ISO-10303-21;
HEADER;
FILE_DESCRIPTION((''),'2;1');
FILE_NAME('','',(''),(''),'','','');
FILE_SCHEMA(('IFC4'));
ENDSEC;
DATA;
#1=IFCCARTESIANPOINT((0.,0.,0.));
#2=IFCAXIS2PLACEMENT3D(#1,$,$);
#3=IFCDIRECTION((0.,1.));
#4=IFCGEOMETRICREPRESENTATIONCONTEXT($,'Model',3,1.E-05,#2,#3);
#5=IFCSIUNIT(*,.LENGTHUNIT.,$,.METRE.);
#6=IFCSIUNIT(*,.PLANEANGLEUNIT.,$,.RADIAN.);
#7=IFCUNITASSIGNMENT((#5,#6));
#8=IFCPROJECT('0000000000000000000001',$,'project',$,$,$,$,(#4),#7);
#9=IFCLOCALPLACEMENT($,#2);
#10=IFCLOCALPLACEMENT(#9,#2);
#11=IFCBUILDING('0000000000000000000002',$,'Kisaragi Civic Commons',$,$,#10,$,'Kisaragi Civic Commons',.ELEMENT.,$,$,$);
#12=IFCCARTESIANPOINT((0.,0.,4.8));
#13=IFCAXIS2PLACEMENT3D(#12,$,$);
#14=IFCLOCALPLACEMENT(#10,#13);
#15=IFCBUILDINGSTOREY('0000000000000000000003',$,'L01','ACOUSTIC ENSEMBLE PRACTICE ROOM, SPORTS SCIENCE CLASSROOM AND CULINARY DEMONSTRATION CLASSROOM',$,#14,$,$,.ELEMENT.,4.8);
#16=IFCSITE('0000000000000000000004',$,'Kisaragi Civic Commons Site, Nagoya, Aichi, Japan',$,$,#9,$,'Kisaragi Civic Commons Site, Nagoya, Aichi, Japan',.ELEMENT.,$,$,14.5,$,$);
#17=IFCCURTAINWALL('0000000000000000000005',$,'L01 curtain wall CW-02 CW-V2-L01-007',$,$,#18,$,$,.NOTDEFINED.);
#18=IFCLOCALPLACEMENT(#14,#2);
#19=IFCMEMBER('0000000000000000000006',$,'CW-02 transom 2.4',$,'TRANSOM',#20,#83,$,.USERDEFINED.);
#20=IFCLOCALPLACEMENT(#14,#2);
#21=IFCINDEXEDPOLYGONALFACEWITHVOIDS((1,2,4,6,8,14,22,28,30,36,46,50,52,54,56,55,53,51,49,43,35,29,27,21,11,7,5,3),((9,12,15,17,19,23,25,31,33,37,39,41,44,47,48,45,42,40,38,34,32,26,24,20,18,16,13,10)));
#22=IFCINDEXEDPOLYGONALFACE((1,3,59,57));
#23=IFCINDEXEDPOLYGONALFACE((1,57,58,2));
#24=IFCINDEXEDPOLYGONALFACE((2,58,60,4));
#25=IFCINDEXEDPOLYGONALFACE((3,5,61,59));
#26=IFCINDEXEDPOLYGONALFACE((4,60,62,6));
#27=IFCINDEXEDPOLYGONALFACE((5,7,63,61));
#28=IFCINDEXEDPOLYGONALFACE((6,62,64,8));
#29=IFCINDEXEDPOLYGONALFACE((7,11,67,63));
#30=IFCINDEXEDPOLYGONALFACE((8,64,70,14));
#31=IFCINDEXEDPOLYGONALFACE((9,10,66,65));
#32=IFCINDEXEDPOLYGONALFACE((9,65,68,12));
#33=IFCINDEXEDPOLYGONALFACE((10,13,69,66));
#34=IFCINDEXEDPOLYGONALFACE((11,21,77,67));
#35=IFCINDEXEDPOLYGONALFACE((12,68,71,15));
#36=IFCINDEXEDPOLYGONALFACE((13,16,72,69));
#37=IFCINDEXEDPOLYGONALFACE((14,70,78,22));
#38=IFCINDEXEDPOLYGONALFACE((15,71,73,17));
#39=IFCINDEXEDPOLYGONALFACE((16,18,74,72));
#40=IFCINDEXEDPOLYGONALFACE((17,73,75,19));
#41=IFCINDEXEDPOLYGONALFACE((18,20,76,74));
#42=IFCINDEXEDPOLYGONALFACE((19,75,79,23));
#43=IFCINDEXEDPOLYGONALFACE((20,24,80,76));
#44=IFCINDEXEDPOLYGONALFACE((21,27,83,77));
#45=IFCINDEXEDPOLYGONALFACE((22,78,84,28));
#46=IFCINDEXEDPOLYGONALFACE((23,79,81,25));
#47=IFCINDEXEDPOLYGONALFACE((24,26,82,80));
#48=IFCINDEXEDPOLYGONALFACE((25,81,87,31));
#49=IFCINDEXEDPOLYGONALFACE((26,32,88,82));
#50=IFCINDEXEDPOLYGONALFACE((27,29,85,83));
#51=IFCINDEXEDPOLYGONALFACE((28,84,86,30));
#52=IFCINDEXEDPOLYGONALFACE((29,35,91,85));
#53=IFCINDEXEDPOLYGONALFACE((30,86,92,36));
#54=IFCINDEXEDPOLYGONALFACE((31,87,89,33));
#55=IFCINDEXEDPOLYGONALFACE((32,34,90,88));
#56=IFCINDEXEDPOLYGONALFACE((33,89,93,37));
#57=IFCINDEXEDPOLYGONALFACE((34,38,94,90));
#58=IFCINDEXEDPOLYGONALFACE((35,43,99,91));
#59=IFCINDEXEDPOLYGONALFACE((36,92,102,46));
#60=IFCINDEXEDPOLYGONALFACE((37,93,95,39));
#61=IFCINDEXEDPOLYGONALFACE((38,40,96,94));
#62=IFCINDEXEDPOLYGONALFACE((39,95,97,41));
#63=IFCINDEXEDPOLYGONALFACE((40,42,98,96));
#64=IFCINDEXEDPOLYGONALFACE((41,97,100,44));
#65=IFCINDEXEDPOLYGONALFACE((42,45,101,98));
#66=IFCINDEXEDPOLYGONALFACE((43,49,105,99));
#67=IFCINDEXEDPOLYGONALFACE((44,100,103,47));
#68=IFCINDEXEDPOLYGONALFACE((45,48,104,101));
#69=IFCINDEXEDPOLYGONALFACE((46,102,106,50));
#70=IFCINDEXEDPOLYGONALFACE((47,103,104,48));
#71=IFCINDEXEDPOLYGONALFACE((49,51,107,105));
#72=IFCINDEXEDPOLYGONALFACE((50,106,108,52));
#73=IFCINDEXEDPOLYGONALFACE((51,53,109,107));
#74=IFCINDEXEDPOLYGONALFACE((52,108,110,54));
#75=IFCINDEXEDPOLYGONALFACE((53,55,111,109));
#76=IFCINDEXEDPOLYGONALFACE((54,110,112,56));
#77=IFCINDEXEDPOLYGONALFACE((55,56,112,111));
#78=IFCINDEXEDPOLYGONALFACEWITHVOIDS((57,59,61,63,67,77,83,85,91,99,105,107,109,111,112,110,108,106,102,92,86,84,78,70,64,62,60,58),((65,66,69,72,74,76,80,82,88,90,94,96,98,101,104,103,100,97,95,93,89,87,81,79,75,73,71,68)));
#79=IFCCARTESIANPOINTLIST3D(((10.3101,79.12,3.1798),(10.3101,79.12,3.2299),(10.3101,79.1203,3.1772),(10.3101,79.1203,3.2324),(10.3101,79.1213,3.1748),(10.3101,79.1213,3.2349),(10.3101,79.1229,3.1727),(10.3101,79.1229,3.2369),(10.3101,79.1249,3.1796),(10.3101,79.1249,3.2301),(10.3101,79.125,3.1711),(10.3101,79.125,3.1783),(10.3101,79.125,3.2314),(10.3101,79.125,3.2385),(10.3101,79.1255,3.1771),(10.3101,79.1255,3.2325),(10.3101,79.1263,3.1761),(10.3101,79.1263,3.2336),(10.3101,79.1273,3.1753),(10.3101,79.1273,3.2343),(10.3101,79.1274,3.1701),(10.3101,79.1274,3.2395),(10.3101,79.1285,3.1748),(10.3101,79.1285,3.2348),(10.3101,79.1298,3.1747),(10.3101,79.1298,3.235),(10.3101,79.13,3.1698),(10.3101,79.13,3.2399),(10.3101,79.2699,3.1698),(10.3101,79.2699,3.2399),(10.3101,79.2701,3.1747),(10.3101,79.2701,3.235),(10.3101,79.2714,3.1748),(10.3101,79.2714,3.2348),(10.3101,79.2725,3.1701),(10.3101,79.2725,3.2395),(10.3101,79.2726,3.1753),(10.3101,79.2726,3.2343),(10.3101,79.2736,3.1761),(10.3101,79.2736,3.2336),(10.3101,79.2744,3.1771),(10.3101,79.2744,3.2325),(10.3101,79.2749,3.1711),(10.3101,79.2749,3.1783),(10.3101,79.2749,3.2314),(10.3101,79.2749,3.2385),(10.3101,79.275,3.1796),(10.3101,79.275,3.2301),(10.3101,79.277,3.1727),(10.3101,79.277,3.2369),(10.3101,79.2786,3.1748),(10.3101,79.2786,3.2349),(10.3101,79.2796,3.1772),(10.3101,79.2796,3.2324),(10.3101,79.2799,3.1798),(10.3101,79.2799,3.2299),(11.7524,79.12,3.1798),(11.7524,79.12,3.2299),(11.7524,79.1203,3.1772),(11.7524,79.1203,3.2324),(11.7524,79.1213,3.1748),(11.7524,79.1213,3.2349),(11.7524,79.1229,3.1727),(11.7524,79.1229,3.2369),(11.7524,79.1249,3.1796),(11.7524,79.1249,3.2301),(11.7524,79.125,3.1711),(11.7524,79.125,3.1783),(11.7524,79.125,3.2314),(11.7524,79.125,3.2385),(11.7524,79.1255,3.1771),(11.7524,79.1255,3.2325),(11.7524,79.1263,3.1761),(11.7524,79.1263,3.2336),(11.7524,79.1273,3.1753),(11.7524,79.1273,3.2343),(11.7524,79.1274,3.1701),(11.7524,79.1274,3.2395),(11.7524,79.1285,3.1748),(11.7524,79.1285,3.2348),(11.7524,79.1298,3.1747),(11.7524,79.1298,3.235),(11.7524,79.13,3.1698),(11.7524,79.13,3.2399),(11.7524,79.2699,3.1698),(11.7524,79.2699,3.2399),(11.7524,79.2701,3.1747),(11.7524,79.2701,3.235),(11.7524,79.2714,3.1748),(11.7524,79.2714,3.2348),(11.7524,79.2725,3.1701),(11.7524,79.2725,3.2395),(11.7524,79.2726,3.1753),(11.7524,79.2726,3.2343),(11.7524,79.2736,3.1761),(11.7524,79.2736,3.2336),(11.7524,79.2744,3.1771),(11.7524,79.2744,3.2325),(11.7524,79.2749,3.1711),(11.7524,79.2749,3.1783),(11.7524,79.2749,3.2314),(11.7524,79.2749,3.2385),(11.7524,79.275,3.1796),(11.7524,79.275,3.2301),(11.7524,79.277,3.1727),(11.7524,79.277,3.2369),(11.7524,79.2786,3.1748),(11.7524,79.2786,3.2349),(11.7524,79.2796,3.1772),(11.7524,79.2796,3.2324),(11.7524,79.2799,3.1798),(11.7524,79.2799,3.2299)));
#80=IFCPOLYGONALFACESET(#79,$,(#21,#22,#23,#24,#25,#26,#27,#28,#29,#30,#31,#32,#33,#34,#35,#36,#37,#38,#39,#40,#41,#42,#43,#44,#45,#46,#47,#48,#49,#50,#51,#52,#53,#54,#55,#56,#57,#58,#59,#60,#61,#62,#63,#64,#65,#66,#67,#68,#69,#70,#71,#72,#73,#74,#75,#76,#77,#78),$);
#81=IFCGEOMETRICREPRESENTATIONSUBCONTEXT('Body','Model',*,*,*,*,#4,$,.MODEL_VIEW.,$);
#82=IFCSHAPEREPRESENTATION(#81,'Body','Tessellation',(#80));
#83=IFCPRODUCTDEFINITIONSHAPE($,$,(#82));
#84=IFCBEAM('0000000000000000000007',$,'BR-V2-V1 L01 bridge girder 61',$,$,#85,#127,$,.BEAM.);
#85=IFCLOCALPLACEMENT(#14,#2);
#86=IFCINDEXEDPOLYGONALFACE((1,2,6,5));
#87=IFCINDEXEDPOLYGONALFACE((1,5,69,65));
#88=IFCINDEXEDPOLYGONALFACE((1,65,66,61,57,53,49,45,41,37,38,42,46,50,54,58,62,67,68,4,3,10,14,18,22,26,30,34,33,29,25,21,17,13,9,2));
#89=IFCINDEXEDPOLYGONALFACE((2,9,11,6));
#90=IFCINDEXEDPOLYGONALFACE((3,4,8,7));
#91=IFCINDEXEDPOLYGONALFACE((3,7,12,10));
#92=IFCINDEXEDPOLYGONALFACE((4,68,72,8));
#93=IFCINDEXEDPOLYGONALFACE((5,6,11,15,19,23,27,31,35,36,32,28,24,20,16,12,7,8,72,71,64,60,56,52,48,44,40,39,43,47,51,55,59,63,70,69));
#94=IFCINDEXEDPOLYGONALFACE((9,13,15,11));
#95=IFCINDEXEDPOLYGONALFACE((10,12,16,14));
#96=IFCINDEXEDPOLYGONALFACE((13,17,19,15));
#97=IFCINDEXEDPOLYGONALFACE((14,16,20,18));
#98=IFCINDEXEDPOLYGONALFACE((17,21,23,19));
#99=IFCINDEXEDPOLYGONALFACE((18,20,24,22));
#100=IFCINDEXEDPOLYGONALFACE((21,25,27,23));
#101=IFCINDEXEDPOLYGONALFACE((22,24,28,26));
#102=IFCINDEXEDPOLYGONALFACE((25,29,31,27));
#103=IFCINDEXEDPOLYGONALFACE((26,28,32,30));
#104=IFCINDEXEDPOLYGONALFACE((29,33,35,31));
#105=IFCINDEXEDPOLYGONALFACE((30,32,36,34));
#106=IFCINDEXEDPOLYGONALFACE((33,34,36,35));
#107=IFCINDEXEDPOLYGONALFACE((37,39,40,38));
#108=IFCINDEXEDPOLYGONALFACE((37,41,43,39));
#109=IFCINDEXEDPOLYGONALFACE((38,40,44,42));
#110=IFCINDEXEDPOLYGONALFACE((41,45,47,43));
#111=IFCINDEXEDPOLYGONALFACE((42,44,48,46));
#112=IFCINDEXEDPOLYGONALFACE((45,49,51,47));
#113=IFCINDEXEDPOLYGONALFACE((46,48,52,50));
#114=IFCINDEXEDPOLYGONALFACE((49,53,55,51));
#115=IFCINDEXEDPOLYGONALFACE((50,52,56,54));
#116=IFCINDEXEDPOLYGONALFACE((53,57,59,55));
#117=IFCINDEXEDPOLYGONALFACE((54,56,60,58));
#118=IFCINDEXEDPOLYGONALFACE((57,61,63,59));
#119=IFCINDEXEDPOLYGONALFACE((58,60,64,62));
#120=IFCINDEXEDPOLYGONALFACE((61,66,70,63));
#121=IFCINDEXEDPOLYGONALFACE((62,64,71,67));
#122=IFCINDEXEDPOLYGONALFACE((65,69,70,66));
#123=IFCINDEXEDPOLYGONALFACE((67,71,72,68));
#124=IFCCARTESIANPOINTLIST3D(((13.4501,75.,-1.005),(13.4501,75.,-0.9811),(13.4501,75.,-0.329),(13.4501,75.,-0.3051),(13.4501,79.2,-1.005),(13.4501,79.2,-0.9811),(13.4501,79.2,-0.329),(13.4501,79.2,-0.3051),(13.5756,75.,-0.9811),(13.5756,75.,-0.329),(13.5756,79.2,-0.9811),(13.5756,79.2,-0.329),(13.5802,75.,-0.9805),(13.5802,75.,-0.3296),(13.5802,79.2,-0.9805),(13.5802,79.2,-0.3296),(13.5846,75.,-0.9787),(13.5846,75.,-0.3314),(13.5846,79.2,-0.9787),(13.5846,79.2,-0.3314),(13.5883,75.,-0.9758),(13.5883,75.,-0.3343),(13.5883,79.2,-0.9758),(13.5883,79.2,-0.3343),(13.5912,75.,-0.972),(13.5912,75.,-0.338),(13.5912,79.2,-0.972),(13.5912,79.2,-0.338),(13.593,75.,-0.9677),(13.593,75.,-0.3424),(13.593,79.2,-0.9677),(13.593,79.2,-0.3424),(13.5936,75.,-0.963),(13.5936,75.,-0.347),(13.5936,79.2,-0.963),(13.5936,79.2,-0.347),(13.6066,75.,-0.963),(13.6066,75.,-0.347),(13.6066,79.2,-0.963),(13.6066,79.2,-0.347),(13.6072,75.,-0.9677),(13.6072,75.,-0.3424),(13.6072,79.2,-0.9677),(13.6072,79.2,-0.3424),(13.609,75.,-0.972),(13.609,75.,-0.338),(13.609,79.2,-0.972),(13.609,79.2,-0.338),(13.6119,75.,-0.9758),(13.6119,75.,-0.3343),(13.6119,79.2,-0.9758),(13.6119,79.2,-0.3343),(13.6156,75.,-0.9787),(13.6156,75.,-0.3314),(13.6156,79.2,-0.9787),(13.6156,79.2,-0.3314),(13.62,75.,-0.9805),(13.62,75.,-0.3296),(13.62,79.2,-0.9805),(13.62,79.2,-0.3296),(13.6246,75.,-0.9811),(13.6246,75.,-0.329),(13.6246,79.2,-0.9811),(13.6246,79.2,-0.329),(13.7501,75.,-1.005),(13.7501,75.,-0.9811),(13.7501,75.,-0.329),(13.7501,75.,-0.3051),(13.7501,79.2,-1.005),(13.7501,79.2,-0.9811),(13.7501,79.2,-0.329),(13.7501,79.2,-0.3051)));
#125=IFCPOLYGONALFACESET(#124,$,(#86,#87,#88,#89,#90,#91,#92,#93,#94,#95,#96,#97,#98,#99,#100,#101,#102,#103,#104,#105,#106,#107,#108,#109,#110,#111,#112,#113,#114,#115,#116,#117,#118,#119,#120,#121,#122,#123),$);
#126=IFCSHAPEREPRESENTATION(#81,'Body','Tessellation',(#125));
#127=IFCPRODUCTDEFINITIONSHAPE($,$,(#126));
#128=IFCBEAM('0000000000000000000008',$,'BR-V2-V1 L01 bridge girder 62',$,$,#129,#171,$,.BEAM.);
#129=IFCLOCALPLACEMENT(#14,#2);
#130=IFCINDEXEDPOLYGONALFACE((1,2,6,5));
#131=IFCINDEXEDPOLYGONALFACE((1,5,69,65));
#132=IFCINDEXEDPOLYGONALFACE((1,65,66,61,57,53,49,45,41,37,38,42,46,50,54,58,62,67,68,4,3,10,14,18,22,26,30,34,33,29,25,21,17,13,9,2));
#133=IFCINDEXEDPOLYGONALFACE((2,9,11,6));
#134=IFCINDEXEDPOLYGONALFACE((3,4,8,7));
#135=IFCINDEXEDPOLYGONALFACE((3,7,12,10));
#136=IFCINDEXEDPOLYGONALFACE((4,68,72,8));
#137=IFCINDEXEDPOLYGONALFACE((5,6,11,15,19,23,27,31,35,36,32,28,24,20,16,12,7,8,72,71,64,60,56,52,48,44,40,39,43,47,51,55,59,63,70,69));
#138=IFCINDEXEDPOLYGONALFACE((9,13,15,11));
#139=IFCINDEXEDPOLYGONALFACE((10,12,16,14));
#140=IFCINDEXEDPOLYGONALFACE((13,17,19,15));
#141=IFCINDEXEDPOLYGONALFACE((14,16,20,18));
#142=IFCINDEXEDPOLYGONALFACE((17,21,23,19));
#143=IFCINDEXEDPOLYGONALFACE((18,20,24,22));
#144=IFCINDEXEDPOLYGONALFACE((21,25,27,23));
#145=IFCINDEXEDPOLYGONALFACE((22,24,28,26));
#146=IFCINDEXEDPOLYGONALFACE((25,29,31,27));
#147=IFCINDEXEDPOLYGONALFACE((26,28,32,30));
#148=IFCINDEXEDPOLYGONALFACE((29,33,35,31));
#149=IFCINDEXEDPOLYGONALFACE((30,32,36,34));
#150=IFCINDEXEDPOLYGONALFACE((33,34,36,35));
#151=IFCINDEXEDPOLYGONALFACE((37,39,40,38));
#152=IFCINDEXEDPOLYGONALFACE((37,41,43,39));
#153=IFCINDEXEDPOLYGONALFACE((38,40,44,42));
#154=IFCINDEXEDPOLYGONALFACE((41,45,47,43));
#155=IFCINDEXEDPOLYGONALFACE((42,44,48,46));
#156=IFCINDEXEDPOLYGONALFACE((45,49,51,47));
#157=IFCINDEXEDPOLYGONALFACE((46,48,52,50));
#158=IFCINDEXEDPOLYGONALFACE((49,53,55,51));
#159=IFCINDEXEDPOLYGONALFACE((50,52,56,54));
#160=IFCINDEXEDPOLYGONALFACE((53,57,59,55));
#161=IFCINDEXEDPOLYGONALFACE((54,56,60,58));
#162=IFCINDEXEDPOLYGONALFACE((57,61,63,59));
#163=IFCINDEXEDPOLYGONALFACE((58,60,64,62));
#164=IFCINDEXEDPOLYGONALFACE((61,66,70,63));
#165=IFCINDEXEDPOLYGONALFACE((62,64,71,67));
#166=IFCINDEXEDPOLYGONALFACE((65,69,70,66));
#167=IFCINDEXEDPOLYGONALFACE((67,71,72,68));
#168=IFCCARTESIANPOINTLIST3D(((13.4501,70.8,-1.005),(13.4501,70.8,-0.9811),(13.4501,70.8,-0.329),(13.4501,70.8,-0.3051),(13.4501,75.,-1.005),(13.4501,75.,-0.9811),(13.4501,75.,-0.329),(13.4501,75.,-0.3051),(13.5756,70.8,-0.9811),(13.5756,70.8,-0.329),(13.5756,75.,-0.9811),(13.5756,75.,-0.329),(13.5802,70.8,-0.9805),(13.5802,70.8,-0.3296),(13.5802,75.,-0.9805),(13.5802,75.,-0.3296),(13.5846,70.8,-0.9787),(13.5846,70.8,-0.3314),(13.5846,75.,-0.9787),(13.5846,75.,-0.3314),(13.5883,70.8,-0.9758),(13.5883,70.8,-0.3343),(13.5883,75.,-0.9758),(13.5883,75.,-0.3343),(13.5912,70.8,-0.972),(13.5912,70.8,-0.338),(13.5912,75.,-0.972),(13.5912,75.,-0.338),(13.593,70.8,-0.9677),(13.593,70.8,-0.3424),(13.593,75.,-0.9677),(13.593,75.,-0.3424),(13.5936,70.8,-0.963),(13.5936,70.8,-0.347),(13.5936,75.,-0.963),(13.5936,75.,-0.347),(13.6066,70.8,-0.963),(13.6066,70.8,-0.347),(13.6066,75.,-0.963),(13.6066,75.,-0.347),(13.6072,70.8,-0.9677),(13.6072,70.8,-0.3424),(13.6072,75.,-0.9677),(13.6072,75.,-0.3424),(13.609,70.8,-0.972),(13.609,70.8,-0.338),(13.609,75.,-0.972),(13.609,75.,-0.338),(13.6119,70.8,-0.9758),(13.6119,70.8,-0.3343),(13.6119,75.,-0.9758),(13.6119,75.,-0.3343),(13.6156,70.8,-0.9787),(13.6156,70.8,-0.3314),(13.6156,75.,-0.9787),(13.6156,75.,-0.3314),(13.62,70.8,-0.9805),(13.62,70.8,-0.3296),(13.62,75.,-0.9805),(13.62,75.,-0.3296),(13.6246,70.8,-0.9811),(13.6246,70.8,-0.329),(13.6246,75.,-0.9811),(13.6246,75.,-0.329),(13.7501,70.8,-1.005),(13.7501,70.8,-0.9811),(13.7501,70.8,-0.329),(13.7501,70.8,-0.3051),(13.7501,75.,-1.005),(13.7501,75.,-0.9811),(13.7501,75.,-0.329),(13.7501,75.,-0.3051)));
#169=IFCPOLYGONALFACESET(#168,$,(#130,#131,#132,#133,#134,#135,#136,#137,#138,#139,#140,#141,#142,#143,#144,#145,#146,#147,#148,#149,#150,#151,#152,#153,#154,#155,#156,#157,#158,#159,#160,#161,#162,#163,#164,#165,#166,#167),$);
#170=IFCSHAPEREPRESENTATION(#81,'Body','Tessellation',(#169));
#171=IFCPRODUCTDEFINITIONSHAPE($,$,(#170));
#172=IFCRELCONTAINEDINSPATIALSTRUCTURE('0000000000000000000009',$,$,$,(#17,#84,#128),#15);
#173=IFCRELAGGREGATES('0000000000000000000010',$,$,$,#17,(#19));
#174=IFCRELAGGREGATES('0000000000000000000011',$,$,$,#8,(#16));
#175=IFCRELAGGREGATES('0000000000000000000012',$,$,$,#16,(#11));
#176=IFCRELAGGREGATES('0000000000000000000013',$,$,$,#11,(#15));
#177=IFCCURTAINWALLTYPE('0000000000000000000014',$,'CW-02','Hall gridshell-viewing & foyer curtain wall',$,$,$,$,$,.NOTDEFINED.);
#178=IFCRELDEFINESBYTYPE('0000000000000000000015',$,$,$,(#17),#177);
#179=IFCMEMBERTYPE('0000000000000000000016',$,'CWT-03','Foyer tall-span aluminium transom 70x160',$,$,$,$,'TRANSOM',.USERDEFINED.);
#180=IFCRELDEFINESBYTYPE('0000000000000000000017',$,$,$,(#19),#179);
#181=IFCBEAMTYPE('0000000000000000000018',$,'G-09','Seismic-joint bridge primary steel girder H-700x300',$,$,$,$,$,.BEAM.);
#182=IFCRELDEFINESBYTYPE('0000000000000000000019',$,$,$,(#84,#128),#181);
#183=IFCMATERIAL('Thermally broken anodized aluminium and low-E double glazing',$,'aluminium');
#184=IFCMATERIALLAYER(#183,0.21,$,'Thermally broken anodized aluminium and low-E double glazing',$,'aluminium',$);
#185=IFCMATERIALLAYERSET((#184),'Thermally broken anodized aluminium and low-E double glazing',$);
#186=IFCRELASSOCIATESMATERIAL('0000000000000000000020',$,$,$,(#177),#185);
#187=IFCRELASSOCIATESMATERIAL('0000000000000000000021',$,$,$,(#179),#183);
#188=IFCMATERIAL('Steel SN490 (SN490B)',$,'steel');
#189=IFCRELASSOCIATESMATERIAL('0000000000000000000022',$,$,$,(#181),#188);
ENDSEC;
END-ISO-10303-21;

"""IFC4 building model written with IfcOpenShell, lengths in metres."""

from ifc_helpers import new_model, si_unit, direction, frame, origin, origin_2d, place, context, subcontext, project, spatial, hollow_rectangle, i_section, extrude, material, layer, layer_set, material_profile, profile_set, type_object, element, aggregate, save


model = new_model("IFC4")

# Units and contexts
model_context = context("Model", 3, precision=1e-05, world=origin(), true_north=direction((0.0, 1.0)))
body_context = subcontext(model_context, "Body", "Model", "MODEL_VIEW")
ifc_project = project(units=[si_unit("LENGTHUNIT", "METRE"), si_unit("PLANEANGLEUNIT", "RADIAN")], contexts=[model_context])

# Site, building, storey
site_placement = place(None, origin())
site = spatial("IfcSite", under=ifc_project, at=site_placement, Name="Kisaragi Civic Commons Site, Nagoya, Aichi, Japan", LongName="Kisaragi Civic Commons Site, Nagoya, Aichi, Japan", CompositionType="ELEMENT", RefElevation=14.5)
building_placement = place(site_placement, origin())
building = spatial("IfcBuilding", under=site, at=building_placement, Name="Kisaragi Civic Commons", LongName="Kisaragi Civic Commons", CompositionType="ELEMENT")
storey_placement = place(building_placement, frame((0.0, 0.0, 4.8)))
storey = spatial("IfcBuildingStorey", under=building, at=storey_placement, Name="L01", Description="ACOUSTIC ENSEMBLE PRACTICE ROOM, SPORTS SCIENCE CLASSROOM AND CULINARY DEMONSTRATION CLASSROOM", CompositionType="ELEMENT", Elevation=4.8)

# Curtain wall, member
ifc_material_1 = material(Name="Thermally broken anodized aluminium and low-E double glazing", Category="aluminium")
ifc_layer_1 = layer(ifc_material_1, 0.21, Name="Thermally broken anodized aluminium and low-E double glazing", Category="aluminium")
ifc_layer_set_1 = layer_set([ifc_layer_1], Name="Thermally broken anodized aluminium and low-E double glazing")
curtain_wall_type = type_object("IfcCurtainWallType", Name="CW-02", Description="Hall gridshell-viewing & foyer curtain wall", PredefinedType="NOTDEFINED", material=ifc_layer_set_1)
curtain_wall_placement = place(storey_placement, origin())
curtain_wall = element("IfcCurtainWall", 1, at=curtain_wall_placement, inside=storey, type_object=curtain_wall_type, Name="L01 curtain wall CW-02 CW-V2-L01-007", PredefinedType="NOTDEFINED")
ifc_material_profile_1 = material_profile(ifc_material_1, hollow_rectangle(XDim=0.1599, YDim=0.0701, WallThickness=0.0049, InnerFilletRadius=0.0049, OuterFilletRadius=0.01, at=origin_2d()), Name="CWT-70x160x5", Category="aluminium")
ifc_profile_set_1 = profile_set([ifc_material_profile_1], Name="Thermally broken anodized aluminium and low-E double glazing")
member_type_1 = type_object("IfcMemberType", Name="CWT-03", Description="Foyer tall-span aluminium transom 70x160", ElementType="TRANSOM", PredefinedType="USERDEFINED", material=ifc_profile_set_1)
member_1_placement = place(storey_placement, frame((11.7524, 79.2, 3.2048), z_axis=(-1.0, 0.0, 0.0), x_axis=(0.0, -1.0, 0.0)))
member_1 = element("IfcMember", 2, at=member_1_placement, type_object=member_type_1, Name="CW-02 transom 2.4", ObjectType="TRANSOM", PredefinedType="USERDEFINED", context=body_context, shape_type="SweptSolid", body=[
    extrude(hollow_rectangle(XDim=0.1599, YDim=0.0701, WallThickness=0.0049, InnerFilletRadius=0.0049, OuterFilletRadius=0.01, at=origin_2d()), origin(), (0.0, 0.0, 1.0), 1.4424),
])

# Beams
ifc_material_2 = material(Name="Steel SN490 (SN490B)", Category="steel")
ifc_material_profile_2 = material_profile(ifc_material_2, i_section(OverallWidth=0.3, OverallDepth=0.7, WebThickness=0.0129, FlangeThickness=0.0239, FilletRadius=0.0181, at=origin_2d()), Name="H-700x300x13x24", Category="steel")
ifc_profile_set_2 = profile_set([ifc_material_profile_2], Name="Steel SN490 (SN490B)")
beam_type_1 = type_object("IfcBeamType", Name="G-09", Description="Seismic-joint bridge primary steel girder H-700x300", PredefinedType="BEAM", material=ifc_profile_set_2)
for number, where, z_axis, x_axis, name in (
    (3, (13.6001, 79.2, -0.655), (0.0, -1.0, 0.0), (1.0, 0.0, 0.0), "BR-V2-V1 L01 bridge girder 61"),
    (4, (13.6001, 75.0, -0.655), (0.0, -1.0, 0.0), (1.0, 0.0, 0.0), "BR-V2-V1 L01 bridge girder 62"),
):
    element("IfcBeam", number, at=place(storey_placement, frame(where, z_axis=z_axis, x_axis=x_axis)), inside=storey, type_object=beam_type_1, Name=name, PredefinedType="BEAM", context=body_context, shape_type="SweptSolid", body=[
        extrude(i_section(OverallWidth=0.3, OverallDepth=0.7, WebThickness=0.0129, FlangeThickness=0.0239, FilletRadius=0.0181, at=origin_2d()), origin(), (0.0, 0.0, 1.0), 4.2),
    ])

aggregate(curtain_wall, [member_1])

save(model, "model.ifc")
